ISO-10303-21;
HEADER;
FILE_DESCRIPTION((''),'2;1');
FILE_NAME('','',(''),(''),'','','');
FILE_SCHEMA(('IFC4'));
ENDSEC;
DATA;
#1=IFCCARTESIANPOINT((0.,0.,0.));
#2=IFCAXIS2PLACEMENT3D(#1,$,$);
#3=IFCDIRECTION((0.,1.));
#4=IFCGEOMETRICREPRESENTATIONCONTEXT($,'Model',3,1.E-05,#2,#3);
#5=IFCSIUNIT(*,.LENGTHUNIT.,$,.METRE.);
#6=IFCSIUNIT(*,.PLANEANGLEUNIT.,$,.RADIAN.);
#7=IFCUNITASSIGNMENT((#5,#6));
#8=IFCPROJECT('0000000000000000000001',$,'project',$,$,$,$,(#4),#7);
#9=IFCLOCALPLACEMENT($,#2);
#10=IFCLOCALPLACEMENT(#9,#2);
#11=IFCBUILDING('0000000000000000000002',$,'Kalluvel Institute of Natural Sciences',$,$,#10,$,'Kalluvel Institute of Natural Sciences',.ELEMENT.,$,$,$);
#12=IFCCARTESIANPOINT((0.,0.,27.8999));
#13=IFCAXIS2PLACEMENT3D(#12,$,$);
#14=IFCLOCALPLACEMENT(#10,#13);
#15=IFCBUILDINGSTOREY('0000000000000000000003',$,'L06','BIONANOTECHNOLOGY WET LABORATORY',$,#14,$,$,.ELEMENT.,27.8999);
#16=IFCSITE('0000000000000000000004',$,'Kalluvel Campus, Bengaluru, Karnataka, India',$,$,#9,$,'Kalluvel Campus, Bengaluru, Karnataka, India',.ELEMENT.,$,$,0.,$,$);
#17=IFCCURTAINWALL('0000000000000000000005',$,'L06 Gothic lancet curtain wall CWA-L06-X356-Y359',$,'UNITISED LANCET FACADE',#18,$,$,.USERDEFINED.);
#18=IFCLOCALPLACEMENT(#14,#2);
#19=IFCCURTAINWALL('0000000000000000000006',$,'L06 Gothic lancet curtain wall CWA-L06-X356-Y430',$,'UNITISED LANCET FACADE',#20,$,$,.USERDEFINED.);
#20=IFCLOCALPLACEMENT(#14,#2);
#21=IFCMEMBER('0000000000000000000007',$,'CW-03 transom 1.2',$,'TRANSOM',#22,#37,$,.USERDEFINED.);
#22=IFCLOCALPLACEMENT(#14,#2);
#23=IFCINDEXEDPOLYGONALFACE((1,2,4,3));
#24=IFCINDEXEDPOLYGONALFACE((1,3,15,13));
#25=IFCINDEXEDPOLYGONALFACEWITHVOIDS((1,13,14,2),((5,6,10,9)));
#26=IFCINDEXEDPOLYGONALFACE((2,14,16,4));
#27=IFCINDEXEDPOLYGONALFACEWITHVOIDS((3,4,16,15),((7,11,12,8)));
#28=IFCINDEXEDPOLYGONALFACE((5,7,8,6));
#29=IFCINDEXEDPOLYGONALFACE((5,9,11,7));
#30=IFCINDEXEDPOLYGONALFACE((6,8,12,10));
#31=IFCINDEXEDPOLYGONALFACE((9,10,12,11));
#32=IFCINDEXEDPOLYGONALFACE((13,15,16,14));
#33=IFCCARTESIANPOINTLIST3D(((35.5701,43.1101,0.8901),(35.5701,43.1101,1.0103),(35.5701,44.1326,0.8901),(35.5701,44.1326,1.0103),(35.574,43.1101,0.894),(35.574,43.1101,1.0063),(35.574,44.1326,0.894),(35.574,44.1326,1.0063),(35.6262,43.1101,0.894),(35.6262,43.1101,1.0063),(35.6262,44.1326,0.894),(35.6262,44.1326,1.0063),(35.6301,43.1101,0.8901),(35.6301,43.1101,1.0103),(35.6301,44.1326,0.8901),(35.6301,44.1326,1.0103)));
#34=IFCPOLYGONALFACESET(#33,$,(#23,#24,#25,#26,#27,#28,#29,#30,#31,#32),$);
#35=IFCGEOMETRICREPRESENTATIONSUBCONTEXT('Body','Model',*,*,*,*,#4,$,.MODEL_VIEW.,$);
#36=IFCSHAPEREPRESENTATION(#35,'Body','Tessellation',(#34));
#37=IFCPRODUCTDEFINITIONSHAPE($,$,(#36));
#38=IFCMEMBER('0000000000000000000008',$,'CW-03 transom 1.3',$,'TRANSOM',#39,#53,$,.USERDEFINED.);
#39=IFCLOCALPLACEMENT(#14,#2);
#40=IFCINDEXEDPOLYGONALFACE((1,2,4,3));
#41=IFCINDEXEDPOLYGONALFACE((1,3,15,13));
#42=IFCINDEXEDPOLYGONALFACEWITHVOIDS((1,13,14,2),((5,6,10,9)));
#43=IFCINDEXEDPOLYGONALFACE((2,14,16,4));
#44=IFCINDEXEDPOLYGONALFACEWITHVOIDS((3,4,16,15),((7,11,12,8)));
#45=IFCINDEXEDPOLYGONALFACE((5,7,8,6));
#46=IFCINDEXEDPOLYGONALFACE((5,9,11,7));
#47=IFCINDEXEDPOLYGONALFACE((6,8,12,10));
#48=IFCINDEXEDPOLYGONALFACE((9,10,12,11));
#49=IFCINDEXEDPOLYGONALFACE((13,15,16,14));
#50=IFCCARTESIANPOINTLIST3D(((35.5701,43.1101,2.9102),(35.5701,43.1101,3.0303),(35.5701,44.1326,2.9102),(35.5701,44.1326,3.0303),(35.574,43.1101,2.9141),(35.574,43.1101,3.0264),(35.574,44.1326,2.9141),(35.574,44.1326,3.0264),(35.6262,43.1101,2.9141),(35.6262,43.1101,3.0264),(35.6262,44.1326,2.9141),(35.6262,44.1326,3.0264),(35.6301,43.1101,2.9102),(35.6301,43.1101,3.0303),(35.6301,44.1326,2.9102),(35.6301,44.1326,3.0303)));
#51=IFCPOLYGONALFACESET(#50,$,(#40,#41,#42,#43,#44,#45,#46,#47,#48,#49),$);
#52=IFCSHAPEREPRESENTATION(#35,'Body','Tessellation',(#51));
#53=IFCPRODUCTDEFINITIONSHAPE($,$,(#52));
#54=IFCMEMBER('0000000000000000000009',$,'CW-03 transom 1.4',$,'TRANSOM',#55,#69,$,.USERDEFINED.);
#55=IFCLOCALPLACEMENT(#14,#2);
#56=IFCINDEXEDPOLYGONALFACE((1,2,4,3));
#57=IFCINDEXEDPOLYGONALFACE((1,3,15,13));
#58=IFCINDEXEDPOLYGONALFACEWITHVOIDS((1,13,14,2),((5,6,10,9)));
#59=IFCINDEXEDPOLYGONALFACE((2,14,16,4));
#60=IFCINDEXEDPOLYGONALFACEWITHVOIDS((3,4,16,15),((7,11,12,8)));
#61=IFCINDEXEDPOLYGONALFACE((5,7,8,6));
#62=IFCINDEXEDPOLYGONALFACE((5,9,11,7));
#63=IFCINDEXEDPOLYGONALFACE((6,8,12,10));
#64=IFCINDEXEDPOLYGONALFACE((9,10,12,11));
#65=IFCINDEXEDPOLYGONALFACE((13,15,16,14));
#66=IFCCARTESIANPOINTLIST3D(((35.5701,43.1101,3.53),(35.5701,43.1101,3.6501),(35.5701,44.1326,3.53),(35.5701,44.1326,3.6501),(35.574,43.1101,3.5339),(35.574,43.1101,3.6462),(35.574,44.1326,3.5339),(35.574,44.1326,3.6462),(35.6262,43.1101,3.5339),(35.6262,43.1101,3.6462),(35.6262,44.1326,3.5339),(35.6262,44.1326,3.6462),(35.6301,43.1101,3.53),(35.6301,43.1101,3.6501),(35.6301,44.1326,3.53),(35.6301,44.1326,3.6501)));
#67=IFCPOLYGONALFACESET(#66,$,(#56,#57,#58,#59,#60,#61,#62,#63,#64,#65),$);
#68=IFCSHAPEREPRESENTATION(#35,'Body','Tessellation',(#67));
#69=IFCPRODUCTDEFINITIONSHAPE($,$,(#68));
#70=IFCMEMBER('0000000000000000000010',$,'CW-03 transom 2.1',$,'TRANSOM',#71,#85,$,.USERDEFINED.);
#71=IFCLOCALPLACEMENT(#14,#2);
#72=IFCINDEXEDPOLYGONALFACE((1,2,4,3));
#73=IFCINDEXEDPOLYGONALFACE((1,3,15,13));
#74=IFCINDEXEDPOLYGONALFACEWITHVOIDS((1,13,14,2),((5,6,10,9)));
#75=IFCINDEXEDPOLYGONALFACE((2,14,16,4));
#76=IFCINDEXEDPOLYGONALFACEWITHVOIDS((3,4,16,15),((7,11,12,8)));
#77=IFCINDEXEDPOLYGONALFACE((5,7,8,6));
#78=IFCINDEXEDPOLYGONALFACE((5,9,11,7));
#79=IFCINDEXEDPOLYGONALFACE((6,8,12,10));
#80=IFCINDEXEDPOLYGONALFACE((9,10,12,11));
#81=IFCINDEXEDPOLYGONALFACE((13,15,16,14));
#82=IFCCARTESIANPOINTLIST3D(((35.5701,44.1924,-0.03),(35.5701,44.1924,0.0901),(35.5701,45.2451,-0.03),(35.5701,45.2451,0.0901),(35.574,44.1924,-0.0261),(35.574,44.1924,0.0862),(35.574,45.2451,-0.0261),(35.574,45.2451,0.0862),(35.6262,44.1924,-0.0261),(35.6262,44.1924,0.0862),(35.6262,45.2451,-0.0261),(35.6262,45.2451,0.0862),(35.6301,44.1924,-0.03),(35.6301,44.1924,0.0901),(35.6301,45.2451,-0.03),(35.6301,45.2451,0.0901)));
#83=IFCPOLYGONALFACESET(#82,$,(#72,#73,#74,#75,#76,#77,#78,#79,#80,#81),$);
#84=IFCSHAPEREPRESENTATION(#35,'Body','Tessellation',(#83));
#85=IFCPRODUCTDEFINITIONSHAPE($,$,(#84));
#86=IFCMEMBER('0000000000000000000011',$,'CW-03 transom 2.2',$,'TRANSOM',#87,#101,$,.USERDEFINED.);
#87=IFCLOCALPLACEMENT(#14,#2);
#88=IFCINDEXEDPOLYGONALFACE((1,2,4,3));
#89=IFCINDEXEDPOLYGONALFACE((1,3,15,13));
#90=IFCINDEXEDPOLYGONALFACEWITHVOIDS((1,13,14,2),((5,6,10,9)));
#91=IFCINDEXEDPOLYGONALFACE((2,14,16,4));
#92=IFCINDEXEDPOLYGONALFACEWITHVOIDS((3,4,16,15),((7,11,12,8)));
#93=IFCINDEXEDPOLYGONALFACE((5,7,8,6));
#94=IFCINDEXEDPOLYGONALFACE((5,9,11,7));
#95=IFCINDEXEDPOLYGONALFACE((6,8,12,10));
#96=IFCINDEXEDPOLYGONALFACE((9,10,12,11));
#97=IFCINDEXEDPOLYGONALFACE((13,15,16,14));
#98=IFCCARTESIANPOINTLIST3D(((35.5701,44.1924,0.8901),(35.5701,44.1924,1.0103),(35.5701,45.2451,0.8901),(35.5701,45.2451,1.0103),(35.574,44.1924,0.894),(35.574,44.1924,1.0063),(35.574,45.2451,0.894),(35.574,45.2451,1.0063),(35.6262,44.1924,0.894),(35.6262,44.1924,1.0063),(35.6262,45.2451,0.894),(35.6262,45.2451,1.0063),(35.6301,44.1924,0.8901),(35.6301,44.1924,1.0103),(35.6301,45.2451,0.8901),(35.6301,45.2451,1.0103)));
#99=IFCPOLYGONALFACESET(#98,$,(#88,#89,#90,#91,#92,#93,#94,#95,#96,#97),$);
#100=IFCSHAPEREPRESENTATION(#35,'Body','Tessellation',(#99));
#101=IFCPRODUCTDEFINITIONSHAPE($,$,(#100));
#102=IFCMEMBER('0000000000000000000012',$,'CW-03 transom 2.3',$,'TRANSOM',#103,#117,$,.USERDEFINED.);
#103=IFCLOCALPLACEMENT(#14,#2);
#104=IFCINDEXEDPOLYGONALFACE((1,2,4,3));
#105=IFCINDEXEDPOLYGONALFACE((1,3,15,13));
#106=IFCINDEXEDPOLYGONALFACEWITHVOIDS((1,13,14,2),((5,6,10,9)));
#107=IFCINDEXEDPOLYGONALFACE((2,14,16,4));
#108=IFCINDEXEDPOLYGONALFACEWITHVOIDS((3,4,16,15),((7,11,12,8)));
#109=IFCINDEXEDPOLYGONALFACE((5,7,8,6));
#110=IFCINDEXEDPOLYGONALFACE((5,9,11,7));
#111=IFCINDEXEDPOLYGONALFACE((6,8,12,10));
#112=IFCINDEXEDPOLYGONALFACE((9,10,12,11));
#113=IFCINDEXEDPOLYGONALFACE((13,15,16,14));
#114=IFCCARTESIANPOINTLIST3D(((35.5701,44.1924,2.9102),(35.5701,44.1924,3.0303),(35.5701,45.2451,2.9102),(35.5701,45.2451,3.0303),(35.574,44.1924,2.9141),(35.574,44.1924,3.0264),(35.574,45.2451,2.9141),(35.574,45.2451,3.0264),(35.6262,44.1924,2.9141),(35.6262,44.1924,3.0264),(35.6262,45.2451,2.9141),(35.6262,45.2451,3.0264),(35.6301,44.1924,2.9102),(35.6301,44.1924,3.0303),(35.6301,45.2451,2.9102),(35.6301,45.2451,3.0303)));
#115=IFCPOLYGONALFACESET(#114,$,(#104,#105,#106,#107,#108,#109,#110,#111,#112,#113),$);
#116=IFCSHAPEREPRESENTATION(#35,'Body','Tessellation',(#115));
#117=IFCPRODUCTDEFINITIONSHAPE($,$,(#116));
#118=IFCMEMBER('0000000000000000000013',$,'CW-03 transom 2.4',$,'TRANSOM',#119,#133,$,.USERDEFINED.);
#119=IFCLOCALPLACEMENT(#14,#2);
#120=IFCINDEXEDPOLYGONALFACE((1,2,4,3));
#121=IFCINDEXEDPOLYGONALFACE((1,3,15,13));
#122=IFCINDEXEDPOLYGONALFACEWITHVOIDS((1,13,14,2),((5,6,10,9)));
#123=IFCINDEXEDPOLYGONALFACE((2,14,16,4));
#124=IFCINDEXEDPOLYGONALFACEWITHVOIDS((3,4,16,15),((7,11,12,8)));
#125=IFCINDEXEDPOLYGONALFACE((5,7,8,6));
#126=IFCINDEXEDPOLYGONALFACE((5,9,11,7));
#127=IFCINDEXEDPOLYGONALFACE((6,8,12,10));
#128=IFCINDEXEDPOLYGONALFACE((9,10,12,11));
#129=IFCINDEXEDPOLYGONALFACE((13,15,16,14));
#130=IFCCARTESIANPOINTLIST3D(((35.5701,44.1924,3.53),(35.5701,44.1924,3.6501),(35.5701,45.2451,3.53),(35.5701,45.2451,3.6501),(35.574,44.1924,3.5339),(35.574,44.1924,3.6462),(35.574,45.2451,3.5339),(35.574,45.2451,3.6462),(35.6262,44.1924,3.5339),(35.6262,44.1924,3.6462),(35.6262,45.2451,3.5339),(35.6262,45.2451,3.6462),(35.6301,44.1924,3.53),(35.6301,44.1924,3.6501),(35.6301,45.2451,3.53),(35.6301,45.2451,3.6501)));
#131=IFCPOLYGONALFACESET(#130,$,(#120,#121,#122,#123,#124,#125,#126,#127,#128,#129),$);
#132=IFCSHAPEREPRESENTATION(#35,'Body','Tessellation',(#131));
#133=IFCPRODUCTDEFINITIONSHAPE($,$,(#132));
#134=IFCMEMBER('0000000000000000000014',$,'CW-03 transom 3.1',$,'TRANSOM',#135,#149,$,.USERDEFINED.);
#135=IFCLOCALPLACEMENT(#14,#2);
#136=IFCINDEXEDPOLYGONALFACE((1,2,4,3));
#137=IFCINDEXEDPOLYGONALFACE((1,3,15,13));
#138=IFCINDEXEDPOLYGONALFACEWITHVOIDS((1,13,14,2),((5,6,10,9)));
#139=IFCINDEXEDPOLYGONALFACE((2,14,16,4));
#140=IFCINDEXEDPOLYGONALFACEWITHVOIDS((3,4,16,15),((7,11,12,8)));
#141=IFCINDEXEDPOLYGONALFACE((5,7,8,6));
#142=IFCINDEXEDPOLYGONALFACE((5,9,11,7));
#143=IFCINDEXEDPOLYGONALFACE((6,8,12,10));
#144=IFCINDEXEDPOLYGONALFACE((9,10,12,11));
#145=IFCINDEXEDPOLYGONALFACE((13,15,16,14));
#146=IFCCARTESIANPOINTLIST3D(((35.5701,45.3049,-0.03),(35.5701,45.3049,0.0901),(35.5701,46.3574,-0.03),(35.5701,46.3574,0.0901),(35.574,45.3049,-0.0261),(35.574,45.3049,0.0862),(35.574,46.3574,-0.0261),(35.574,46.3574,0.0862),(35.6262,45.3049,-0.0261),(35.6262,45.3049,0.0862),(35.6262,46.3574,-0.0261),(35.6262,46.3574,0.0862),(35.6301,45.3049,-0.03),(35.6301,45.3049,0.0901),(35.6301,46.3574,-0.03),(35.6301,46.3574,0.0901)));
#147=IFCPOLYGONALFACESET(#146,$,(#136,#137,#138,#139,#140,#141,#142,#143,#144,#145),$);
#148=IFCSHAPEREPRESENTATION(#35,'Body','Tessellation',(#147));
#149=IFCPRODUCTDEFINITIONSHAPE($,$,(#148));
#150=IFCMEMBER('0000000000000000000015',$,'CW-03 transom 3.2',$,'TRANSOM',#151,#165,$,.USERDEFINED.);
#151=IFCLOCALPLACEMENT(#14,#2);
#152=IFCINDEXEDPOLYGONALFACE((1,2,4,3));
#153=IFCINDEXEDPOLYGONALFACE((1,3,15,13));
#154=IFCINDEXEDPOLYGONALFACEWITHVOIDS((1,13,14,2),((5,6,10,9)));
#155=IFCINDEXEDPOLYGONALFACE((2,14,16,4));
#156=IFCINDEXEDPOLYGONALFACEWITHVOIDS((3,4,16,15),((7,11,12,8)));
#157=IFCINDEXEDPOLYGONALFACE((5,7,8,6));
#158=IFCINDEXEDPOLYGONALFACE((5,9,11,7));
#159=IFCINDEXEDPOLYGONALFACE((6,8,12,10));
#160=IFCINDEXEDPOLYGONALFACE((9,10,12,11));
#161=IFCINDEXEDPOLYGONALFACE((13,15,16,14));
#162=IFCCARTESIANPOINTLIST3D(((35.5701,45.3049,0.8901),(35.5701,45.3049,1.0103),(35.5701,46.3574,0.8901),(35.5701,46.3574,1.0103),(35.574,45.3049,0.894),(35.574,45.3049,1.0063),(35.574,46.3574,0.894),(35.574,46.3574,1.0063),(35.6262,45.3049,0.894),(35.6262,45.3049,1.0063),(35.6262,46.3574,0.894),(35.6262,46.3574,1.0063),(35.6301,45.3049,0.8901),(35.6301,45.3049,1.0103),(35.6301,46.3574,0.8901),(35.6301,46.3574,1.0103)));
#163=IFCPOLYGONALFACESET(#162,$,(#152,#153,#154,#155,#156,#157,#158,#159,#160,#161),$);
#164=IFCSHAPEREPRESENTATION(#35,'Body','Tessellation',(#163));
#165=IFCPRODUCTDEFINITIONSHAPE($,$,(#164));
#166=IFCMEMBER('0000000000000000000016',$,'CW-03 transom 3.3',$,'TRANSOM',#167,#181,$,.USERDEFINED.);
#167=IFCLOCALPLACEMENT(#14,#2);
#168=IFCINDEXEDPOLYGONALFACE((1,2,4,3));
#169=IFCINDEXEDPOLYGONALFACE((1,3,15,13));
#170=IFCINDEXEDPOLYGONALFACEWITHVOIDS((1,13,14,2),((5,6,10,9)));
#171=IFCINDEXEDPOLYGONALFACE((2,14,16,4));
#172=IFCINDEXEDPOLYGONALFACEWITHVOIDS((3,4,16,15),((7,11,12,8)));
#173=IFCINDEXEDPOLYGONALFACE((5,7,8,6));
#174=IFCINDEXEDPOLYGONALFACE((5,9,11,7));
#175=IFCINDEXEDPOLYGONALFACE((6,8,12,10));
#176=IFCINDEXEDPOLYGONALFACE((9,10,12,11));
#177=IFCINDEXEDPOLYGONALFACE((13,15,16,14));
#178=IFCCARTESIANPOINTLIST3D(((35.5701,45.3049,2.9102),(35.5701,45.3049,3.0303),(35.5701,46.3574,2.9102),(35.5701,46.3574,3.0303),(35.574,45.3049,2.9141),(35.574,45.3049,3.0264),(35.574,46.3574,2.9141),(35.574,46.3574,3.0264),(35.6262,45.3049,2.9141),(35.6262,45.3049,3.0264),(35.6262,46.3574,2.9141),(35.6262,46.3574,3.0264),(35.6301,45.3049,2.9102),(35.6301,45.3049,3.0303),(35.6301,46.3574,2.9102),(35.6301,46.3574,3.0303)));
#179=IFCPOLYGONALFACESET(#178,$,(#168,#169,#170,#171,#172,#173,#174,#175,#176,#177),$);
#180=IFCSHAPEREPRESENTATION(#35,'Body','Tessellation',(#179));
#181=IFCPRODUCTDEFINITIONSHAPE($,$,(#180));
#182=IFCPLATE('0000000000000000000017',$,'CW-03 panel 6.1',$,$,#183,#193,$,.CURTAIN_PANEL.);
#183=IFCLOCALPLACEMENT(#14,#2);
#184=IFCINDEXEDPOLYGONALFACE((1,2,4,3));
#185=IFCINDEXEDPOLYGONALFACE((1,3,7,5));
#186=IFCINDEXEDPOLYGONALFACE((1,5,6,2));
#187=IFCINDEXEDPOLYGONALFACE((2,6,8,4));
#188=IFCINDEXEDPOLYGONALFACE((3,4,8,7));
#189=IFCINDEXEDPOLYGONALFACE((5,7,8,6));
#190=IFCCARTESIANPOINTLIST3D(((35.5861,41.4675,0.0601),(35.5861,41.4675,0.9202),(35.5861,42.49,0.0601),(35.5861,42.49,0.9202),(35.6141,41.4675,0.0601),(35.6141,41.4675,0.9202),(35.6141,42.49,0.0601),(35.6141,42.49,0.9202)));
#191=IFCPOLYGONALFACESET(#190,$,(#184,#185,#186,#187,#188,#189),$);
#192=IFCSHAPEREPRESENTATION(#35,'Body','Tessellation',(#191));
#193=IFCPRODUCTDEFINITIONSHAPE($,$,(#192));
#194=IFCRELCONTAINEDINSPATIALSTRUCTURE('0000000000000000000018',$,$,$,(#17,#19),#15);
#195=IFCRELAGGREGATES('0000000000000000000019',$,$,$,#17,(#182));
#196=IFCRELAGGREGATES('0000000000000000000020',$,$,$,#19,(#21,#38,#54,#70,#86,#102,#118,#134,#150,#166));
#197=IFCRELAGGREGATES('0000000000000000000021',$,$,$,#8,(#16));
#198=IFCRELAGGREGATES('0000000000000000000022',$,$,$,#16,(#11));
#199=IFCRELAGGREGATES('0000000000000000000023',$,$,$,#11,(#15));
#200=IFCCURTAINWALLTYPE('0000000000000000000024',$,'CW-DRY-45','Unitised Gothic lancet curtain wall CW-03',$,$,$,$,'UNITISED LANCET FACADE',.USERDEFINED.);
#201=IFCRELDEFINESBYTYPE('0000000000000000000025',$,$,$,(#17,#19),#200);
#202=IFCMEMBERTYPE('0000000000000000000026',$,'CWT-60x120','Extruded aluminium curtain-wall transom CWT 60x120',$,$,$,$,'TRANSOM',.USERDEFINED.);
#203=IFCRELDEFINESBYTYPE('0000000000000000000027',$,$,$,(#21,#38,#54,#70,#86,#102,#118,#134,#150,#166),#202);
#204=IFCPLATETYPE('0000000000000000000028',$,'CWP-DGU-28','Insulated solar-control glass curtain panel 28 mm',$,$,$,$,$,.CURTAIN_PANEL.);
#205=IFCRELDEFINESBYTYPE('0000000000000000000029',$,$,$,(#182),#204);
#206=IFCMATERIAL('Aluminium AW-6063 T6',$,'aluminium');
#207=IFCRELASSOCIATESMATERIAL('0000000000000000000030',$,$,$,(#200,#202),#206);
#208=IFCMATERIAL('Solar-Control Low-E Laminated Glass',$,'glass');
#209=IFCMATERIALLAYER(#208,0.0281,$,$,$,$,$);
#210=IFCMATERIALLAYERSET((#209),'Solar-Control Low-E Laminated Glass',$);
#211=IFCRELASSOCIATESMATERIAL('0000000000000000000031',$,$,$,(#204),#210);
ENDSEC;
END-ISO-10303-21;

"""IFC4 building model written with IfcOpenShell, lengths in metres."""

from ifc_helpers import new_model, si_unit, direction, frame, origin, origin_2d, place, context, subcontext, project, spatial, rectangle, hollow_rectangle, extrude, material, layer, layer_set, material_profile, profile_set, type_object, element, aggregate, save


model = new_model("IFC4")

# Units and contexts
model_context = context("Model", 3, precision=1e-05, world=origin(), true_north=direction((0.0, 1.0)))
body_context = subcontext(model_context, "Body", "Model", "MODEL_VIEW")
ifc_project = project(units=[si_unit("LENGTHUNIT", "METRE"), si_unit("PLANEANGLEUNIT", "RADIAN")], contexts=[model_context])

# Site, building, storey
site_placement = place(None, origin())
site = spatial("IfcSite", under=ifc_project, at=site_placement, Name="Kalluvel Campus, Bengaluru, Karnataka, India", LongName="Kalluvel Campus, Bengaluru, Karnataka, India", CompositionType="ELEMENT", RefElevation=0.0)
building_placement = place(site_placement, origin())
building = spatial("IfcBuilding", under=site, at=building_placement, Name="Kalluvel Institute of Natural Sciences", LongName="Kalluvel Institute of Natural Sciences", CompositionType="ELEMENT")
storey_placement = place(building_placement, frame((0.0, 0.0, 27.8999)))
storey = spatial("IfcBuildingStorey", under=building, at=storey_placement, Name="L06", Description="BIONANOTECHNOLOGY WET LABORATORY", CompositionType="ELEMENT", Elevation=27.8999)

# Curtain wall
ifc_material_1 = material(Name="Aluminium AW-6063 T6", Category="aluminium")
curtain_wall_type = type_object("IfcCurtainWallType", Name="CW-DRY-45", Description="Unitised Gothic lancet curtain wall CW-03", ElementType="UNITISED LANCET FACADE", PredefinedType="USERDEFINED", material=ifc_material_1)
curtain_wall_1_placement = place(storey_placement, origin())
curtain_wall_1 = element("IfcCurtainWall", 1, at=curtain_wall_1_placement, inside=storey, type_object=curtain_wall_type, Name="L06 Gothic lancet curtain wall CWA-L06-X356-Y359", ObjectType="UNITISED LANCET FACADE", PredefinedType="USERDEFINED")

# Curtain wall
curtain_wall_2_placement = place(storey_placement, origin())
curtain_wall_2 = element("IfcCurtainWall", 2, at=curtain_wall_2_placement, inside=storey, type_object=curtain_wall_type, Name="L06 Gothic lancet curtain wall CWA-L06-X356-Y430", ObjectType="UNITISED LANCET FACADE", PredefinedType="USERDEFINED")

# Members
ifc_material_profile_1 = material_profile(ifc_material_1, hollow_rectangle(XDim=0.0601, YDim=0.1201, WallThickness=0.0039, at=origin_2d()), Name="CWT 60x120")
ifc_profile_set_1 = profile_set([ifc_material_profile_1], Name="Aluminium AW-6063 T6")
member_type_1 = type_object("IfcMemberType", Name="CWT-60x120", Description="Extruded aluminium curtain-wall transom CWT 60x120", ElementType="TRANSOM", PredefinedType="USERDEFINED", material=ifc_profile_set_1)
member_1_placement = place(storey_placement, frame((35.6001, 43.1101, 0.9502), z_axis=(0.0, 1.0, 0.0), x_axis=(-1.0, 0.0, 0.0)))
member_1 = element("IfcMember", 3, at=member_1_placement, type_object=member_type_1, Name="CW-03 transom 1.2", ObjectType="TRANSOM", PredefinedType="USERDEFINED", context=body_context, shape_type="SweptSolid", body=[
    extrude(hollow_rectangle(XDim=0.0601, YDim=0.1201, WallThickness=0.0039, at=origin_2d()), origin(), (0.0, 0.0, 1.0), 1.0225),
])
member_2_placement = place(storey_placement, frame((35.6001, 43.1101, 2.9702), z_axis=(0.0, 1.0, 0.0), x_axis=(-1.0, 0.0, 0.0)))
member_2 = element("IfcMember", 4, at=member_2_placement, type_object=member_type_1, Name="CW-03 transom 1.3", ObjectType="TRANSOM", PredefinedType="USERDEFINED", context=body_context, shape_type="SweptSolid", body=[
    extrude(hollow_rectangle(XDim=0.0601, YDim=0.1201, WallThickness=0.0039, at=origin_2d()), origin(), (0.0, 0.0, 1.0), 1.0225),
])
member_3_placement = place(storey_placement, frame((35.6001, 43.1101, 3.5901), z_axis=(0.0, 1.0, 0.0), x_axis=(-1.0, 0.0, 0.0)))
member_3 = element("IfcMember", 5, at=member_3_placement, type_object=member_type_1, Name="CW-03 transom 1.4", ObjectType="TRANSOM", PredefinedType="USERDEFINED", context=body_context, shape_type="SweptSolid", body=[
    extrude(hollow_rectangle(XDim=0.0601, YDim=0.1201, WallThickness=0.0039, at=origin_2d()), origin(), (0.0, 0.0, 1.0), 1.0225),
])
member_4_placement = place(storey_placement, frame((35.6001, 44.1924, 0.03), z_axis=(0.0, 1.0, 0.0), x_axis=(-1.0, 0.0, 0.0)))
member_4 = element("IfcMember", 6, at=member_4_placement, type_object=member_type_1, Name="CW-03 transom 2.1", ObjectType="TRANSOM", PredefinedType="USERDEFINED", context=body_context, shape_type="SweptSolid", body=[
    extrude(hollow_rectangle(XDim=0.0601, YDim=0.1201, WallThickness=0.0039, at=origin_2d()), origin(), (0.0, 0.0, 1.0), 1.0527),
])
member_5_placement = place(storey_placement, frame((35.6001, 44.1924, 0.9502), z_axis=(0.0, 1.0, 0.0), x_axis=(-1.0, 0.0, 0.0)))
member_5 = element("IfcMember", 7, at=member_5_placement, type_object=member_type_1, Name="CW-03 transom 2.2", ObjectType="TRANSOM", PredefinedType="USERDEFINED", context=body_context, shape_type="SweptSolid", body=[
    extrude(hollow_rectangle(XDim=0.0601, YDim=0.1201, WallThickness=0.0039, at=origin_2d()), origin(), (0.0, 0.0, 1.0), 1.0527),
])
member_6_placement = place(storey_placement, frame((35.6001, 44.1924, 2.9702), z_axis=(0.0, 1.0, 0.0), x_axis=(-1.0, 0.0, 0.0)))
member_6 = element("IfcMember", 8, at=member_6_placement, type_object=member_type_1, Name="CW-03 transom 2.3", ObjectType="TRANSOM", PredefinedType="USERDEFINED", context=body_context, shape_type="SweptSolid", body=[
    extrude(hollow_rectangle(XDim=0.0601, YDim=0.1201, WallThickness=0.0039, at=origin_2d()), origin(), (0.0, 0.0, 1.0), 1.0527),
])
member_7_placement = place(storey_placement, frame((35.6001, 44.1924, 3.5901), z_axis=(0.0, 1.0, 0.0), x_axis=(-1.0, 0.0, 0.0)))
member_7 = element("IfcMember", 9, at=member_7_placement, type_object=member_type_1, Name="CW-03 transom 2.4", ObjectType="TRANSOM", PredefinedType="USERDEFINED", context=body_context, shape_type="SweptSolid", body=[
    extrude(hollow_rectangle(XDim=0.0601, YDim=0.1201, WallThickness=0.0039, at=origin_2d()), origin(), (0.0, 0.0, 1.0), 1.0527),
])
member_8_placement = place(storey_placement, frame((35.6001, 45.3049, 0.03), z_axis=(0.0, 1.0, 0.0), x_axis=(-1.0, 0.0, 0.0)))
member_8 = element("IfcMember", 10, at=member_8_placement, type_object=member_type_1, Name="CW-03 transom 3.1", ObjectType="TRANSOM", PredefinedType="USERDEFINED", context=body_context, shape_type="SweptSolid", body=[
    extrude(hollow_rectangle(XDim=0.0601, YDim=0.1201, WallThickness=0.0039, at=origin_2d()), origin(), (0.0, 0.0, 1.0), 1.0525),
])
member_9_placement = place(storey_placement, frame((35.6001, 45.3049, 0.9502), z_axis=(0.0, 1.0, 0.0), x_axis=(-1.0, 0.0, 0.0)))
member_9 = element("IfcMember", 11, at=member_9_placement, type_object=member_type_1, Name="CW-03 transom 3.2", ObjectType="TRANSOM", PredefinedType="USERDEFINED", context=body_context, shape_type="SweptSolid", body=[
    extrude(hollow_rectangle(XDim=0.0601, YDim=0.1201, WallThickness=0.0039, at=origin_2d()), origin(), (0.0, 0.0, 1.0), 1.0525),
])
member_10_placement = place(storey_placement, frame((35.6001, 45.3049, 2.9702), z_axis=(0.0, 1.0, 0.0), x_axis=(-1.0, 0.0, 0.0)))
member_10 = element("IfcMember", 12, at=member_10_placement, type_object=member_type_1, Name="CW-03 transom 3.3", ObjectType="TRANSOM", PredefinedType="USERDEFINED", context=body_context, shape_type="SweptSolid", body=[
    extrude(hollow_rectangle(XDim=0.0601, YDim=0.1201, WallThickness=0.0039, at=origin_2d()), origin(), (0.0, 0.0, 1.0), 1.0525),
])

# Plate
ifc_material_2 = material(Name="Solar-Control Low-E Laminated Glass", Category="glass")
ifc_layer = layer(ifc_material_2, 0.0281)
ifc_layer_set = layer_set([ifc_layer], Name="Solar-Control Low-E Laminated Glass")
plate_type = type_object("IfcPlateType", Name="CWP-DGU-28", Description="Insulated solar-control glass curtain panel 28 mm", PredefinedType="CURTAIN_PANEL", material=ifc_layer_set)
plate_1_placement = place(storey_placement, frame((35.6001, 41.9788, 0.0601), z_axis=(0.0, 0.0, 1.0), x_axis=(0.0, 1.0, 0.0)))
plate_1 = element("IfcPlate", 13, at=plate_1_placement, type_object=plate_type, Name="CW-03 panel 6.1", PredefinedType="CURTAIN_PANEL", context=body_context, shape_type="SweptSolid", body=[
    extrude(rectangle(XDim=1.0225, YDim=0.0281, at=origin_2d()), origin(), (0.0, 0.0, 1.0), 0.8601),
])
aggregate(curtain_wall_1, [plate_1])
aggregate(curtain_wall_2, [member_1, member_2, member_3, member_4, member_5, member_6, member_7, member_8, member_9, member_10])

save(model, "model.ifc")
